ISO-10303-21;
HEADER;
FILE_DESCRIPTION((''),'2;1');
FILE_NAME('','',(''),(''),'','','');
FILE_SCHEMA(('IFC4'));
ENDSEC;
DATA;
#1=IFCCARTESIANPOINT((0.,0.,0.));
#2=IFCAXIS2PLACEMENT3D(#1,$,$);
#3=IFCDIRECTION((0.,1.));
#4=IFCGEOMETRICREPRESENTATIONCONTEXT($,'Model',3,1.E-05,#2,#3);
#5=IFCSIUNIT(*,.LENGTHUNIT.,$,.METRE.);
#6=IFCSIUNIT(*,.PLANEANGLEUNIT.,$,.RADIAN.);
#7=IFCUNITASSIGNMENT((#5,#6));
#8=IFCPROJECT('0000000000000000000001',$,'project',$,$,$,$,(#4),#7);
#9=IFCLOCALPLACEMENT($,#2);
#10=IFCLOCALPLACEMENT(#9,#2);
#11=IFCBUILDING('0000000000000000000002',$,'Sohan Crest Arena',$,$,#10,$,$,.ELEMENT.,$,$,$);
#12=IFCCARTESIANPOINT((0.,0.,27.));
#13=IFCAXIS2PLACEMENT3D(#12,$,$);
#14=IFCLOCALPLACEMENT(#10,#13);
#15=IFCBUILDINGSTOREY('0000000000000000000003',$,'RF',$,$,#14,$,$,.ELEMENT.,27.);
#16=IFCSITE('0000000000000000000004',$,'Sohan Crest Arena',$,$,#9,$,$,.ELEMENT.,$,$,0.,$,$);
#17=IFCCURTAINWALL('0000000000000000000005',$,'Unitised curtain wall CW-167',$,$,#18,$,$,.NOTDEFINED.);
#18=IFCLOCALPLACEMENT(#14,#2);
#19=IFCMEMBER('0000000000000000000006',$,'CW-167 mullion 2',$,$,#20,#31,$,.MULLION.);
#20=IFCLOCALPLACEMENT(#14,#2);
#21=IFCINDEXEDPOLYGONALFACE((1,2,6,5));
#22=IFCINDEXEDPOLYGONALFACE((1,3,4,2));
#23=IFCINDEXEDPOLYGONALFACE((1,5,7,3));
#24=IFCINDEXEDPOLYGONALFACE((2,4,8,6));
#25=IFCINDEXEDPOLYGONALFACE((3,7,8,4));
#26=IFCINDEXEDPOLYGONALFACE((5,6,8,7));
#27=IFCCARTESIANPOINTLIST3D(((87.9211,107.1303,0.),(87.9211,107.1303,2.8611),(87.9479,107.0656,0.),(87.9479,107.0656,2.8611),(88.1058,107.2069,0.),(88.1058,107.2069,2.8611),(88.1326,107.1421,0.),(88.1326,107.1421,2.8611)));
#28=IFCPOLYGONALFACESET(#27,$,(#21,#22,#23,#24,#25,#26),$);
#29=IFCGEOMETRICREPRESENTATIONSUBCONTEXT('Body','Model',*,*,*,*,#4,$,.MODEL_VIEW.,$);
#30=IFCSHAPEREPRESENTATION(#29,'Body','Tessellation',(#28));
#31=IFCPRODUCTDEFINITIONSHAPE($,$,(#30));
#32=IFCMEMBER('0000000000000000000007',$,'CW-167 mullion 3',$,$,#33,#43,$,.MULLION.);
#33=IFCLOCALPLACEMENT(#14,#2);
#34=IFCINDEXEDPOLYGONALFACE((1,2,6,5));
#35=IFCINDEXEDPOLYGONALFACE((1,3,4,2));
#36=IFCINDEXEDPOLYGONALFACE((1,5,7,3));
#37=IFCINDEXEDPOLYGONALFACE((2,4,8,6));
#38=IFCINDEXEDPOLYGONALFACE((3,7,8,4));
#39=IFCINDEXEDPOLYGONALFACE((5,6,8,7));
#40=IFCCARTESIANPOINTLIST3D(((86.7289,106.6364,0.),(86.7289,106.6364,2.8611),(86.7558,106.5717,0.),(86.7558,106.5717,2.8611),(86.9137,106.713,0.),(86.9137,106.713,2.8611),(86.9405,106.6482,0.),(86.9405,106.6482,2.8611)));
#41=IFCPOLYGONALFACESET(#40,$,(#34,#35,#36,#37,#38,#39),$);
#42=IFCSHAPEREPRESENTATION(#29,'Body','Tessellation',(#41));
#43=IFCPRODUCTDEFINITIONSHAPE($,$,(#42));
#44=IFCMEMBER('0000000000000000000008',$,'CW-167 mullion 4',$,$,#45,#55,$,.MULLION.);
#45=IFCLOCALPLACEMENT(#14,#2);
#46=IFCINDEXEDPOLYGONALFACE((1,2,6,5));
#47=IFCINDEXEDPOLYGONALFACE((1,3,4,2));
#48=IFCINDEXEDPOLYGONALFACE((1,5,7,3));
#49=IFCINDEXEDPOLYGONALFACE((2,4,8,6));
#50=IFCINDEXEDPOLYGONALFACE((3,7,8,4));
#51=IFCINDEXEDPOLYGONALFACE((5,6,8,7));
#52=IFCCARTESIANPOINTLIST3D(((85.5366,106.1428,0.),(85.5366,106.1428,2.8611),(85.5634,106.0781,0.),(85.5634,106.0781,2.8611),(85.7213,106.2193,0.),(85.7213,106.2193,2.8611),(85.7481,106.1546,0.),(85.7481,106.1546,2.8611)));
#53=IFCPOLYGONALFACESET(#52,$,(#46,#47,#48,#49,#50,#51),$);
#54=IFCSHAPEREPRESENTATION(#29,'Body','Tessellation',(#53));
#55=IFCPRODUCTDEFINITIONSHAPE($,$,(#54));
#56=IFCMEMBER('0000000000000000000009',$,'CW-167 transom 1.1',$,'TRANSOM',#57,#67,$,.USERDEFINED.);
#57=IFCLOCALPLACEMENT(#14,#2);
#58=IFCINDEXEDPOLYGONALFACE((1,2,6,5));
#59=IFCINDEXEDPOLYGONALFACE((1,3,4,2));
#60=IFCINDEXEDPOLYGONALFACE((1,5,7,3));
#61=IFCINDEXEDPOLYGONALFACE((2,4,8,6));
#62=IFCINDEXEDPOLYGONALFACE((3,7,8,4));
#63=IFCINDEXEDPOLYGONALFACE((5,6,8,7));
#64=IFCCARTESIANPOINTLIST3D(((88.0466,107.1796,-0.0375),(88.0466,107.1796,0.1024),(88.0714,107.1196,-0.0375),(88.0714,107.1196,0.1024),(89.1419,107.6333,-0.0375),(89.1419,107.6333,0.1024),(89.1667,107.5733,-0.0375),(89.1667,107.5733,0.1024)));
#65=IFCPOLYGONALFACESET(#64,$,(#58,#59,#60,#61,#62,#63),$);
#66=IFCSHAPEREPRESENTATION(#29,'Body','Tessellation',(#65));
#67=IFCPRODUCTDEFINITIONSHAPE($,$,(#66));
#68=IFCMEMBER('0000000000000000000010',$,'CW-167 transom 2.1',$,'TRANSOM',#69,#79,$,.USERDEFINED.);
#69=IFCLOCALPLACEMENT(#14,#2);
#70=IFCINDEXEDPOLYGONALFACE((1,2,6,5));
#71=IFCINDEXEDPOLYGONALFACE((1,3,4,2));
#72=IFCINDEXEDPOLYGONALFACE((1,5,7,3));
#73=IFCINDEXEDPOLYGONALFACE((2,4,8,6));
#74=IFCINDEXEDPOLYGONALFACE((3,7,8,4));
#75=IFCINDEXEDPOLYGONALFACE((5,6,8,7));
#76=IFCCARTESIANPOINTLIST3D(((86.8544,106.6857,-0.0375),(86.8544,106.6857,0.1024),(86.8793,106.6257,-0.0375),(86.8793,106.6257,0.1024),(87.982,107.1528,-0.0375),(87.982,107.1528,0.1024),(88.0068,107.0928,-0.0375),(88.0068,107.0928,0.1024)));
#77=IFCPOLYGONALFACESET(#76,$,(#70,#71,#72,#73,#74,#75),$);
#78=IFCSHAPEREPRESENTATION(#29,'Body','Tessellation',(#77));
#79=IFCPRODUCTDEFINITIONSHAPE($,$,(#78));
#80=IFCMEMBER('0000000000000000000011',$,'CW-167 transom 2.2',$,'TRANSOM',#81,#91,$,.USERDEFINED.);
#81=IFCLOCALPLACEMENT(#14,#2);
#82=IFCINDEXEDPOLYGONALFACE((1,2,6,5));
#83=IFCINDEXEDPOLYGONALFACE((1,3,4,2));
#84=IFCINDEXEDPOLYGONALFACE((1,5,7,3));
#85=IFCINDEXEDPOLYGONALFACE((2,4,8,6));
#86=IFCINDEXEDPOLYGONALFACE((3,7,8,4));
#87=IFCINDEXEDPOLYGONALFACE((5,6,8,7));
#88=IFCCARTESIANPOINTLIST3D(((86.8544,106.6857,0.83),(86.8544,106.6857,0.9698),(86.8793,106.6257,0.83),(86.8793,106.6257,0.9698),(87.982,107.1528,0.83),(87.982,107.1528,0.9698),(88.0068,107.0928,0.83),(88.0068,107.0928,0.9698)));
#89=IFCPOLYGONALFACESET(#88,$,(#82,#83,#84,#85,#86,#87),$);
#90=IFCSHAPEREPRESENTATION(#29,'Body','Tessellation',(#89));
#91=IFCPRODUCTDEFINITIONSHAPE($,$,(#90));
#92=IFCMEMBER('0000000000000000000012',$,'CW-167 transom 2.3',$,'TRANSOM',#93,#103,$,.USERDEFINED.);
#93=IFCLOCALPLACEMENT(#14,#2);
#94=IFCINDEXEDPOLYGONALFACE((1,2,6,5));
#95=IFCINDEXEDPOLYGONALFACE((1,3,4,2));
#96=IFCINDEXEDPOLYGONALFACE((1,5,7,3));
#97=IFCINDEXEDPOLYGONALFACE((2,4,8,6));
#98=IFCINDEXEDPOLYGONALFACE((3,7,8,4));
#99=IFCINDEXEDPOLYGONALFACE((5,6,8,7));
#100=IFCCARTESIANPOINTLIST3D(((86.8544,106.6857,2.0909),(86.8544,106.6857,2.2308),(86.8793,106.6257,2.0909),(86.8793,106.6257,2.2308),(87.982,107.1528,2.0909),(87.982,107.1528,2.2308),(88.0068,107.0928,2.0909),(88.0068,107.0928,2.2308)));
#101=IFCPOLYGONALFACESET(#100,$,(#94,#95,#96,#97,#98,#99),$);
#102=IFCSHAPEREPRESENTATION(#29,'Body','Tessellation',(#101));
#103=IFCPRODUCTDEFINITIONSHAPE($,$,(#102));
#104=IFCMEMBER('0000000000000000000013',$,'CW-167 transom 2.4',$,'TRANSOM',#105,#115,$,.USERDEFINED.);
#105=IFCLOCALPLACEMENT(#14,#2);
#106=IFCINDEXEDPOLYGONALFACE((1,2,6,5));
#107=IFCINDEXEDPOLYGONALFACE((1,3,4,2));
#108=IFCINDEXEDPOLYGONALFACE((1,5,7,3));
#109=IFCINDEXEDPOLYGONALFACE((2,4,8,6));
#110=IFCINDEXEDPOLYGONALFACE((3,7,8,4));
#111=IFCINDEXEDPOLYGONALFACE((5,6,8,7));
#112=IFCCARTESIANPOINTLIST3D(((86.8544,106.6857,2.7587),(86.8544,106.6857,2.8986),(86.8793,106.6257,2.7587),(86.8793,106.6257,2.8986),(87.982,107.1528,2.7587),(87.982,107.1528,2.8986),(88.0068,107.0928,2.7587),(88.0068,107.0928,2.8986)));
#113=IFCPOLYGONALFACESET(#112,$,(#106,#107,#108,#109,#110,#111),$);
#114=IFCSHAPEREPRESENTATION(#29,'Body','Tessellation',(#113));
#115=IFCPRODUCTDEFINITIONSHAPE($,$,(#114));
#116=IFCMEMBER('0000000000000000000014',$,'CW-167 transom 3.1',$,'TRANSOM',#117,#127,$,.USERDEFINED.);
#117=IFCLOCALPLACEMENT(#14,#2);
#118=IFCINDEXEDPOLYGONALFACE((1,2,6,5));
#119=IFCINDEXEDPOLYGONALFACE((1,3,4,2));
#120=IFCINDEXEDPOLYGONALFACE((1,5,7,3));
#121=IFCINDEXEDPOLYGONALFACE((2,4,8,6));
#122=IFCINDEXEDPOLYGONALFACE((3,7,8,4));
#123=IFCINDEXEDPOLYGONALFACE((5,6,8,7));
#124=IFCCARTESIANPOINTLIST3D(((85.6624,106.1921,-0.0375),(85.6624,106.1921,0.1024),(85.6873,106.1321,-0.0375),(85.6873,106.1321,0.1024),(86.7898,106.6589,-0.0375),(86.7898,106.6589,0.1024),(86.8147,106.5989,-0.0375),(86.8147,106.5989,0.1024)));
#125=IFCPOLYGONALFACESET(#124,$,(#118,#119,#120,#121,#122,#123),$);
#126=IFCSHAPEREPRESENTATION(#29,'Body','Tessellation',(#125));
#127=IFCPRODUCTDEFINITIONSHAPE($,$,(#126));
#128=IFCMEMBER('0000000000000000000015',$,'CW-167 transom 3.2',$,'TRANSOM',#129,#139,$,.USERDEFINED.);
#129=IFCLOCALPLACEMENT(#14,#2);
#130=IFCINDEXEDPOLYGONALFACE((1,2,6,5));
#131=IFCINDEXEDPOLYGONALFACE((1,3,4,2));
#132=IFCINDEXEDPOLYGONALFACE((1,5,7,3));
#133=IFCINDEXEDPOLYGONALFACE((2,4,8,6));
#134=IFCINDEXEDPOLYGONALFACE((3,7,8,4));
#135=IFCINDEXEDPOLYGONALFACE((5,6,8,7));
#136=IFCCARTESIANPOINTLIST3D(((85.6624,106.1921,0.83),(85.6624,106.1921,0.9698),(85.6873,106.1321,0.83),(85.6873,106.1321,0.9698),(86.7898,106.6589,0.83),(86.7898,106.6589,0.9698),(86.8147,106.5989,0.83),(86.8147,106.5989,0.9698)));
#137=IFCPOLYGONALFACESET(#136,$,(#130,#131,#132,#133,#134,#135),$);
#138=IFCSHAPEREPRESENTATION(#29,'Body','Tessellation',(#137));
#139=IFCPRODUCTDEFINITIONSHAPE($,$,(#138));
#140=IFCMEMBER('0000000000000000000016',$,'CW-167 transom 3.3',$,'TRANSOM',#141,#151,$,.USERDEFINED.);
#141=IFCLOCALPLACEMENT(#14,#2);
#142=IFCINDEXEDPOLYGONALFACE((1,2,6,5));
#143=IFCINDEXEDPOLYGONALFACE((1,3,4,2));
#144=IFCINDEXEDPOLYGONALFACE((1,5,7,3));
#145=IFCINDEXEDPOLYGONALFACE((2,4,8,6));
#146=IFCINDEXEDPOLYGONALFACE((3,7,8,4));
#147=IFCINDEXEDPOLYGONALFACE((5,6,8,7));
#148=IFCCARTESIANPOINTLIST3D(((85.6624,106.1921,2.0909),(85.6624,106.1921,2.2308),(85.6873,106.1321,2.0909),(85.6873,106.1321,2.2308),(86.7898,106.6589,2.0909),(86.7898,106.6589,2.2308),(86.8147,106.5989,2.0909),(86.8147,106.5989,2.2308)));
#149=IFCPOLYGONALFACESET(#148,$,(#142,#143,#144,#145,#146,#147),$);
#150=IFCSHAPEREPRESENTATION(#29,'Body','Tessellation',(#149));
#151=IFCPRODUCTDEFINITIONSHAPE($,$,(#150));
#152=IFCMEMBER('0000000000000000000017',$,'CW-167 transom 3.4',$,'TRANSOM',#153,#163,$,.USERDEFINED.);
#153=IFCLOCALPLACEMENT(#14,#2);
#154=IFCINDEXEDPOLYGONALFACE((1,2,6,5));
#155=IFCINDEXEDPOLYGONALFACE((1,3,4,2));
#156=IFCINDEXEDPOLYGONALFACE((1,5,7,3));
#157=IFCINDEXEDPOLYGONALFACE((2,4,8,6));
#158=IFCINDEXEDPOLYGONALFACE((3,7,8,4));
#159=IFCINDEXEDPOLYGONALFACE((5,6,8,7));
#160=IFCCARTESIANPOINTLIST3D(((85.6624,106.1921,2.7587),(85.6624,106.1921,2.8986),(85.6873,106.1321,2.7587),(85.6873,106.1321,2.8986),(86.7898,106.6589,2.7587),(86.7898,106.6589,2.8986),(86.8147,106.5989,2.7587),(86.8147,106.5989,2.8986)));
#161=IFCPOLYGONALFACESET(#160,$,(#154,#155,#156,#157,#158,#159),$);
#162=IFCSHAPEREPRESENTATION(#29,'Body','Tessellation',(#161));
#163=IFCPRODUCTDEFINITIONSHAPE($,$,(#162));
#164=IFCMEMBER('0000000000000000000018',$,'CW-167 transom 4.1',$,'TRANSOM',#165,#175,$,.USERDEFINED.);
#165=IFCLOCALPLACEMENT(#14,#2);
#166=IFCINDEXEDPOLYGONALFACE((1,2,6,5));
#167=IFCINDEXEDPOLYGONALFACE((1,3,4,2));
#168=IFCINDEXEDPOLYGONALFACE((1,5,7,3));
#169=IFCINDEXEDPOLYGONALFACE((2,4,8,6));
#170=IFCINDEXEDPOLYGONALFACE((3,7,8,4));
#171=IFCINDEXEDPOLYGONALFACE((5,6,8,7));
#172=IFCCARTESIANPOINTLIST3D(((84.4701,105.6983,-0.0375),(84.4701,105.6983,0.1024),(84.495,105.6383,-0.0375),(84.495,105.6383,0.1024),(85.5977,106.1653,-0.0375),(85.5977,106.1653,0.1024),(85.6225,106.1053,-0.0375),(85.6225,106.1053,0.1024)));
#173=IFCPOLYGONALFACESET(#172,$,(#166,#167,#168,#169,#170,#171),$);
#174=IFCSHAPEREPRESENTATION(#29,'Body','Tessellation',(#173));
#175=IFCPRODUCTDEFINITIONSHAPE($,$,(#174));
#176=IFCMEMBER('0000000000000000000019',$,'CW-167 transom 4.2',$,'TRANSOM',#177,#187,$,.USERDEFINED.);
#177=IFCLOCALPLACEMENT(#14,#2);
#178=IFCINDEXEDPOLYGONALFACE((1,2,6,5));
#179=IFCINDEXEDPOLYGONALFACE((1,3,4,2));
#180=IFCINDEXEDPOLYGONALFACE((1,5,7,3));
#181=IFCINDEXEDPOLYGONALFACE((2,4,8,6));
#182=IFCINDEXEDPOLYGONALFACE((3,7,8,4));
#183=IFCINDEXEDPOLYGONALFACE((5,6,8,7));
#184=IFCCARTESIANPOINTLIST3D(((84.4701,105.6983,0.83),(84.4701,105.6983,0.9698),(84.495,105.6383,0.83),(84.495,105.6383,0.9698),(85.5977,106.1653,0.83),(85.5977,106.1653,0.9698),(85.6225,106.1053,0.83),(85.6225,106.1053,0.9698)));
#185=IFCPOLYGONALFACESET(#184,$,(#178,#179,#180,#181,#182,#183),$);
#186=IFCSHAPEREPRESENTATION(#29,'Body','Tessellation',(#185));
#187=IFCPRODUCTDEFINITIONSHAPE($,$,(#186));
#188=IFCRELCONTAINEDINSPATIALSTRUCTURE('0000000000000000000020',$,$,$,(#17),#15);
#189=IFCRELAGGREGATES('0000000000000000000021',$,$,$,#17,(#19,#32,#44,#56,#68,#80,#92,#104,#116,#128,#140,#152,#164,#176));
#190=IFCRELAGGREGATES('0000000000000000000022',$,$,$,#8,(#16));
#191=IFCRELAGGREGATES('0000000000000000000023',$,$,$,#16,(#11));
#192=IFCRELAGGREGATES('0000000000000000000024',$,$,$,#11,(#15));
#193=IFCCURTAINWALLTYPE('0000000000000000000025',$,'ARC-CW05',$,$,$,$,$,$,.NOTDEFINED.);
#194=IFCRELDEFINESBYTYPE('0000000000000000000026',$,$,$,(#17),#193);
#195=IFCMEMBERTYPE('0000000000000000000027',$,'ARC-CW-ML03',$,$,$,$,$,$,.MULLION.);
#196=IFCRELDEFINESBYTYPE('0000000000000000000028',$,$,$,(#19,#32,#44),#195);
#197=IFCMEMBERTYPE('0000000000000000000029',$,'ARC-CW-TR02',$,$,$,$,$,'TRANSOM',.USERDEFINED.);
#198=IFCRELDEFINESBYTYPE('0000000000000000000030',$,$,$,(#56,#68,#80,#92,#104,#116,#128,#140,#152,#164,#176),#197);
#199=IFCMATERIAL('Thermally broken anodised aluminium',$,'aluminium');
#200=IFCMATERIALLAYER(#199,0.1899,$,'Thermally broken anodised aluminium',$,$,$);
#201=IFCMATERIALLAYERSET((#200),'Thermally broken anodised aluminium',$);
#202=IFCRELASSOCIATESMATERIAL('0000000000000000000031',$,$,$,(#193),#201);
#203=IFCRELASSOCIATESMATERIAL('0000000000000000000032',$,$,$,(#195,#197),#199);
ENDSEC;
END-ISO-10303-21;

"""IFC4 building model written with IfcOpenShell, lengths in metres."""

from ifc_helpers import new_model, si_unit, direction, frame, origin, origin_2d, place, context, subcontext, project, spatial, rectangle, extrude, material, layer, layer_set, material_profile, profile_set, type_object, element, aggregate, save


model = new_model("IFC4")

# Units and contexts
model_context = context("Model", 3, precision=1e-05, world=origin(), true_north=direction((0.0, 1.0)))
body_context = subcontext(model_context, "Body", "Model", "MODEL_VIEW")
ifc_project = project(units=[si_unit("LENGTHUNIT", "METRE"), si_unit("PLANEANGLEUNIT", "RADIAN")], contexts=[model_context])

# Site, building, storey
site_placement = place(None, origin())
site = spatial("IfcSite", under=ifc_project, at=site_placement, Name="Sohan Crest Arena", CompositionType="ELEMENT", RefElevation=0.0)
building_placement = place(site_placement, origin())
building = spatial("IfcBuilding", under=site, at=building_placement, Name="Sohan Crest Arena", CompositionType="ELEMENT")
storey_placement = place(building_placement, frame((0.0, 0.0, 27.0)))
storey = spatial("IfcBuildingStorey", under=building, at=storey_placement, Name="RF", CompositionType="ELEMENT", Elevation=27.0)

# Curtain wall, members
ifc_material_1 = material(Name="Thermally broken anodised aluminium", Category="aluminium")
ifc_layer_1 = layer(ifc_material_1, 0.1899, Name="Thermally broken anodised aluminium")
ifc_layer_set_1 = layer_set([ifc_layer_1], Name="Thermally broken anodised aluminium")
curtain_wall_type = type_object("IfcCurtainWallType", Name="ARC-CW05", PredefinedType="NOTDEFINED", material=ifc_layer_set_1)
curtain_wall_placement = place(storey_placement, origin())
curtain_wall = element("IfcCurtainWall", 1, at=curtain_wall_placement, inside=storey, type_object=curtain_wall_type, Name="Unitised curtain wall CW-167", PredefinedType="NOTDEFINED")
ifc_material_profile_1 = material_profile(ifc_material_1, rectangle(XDim=0.0701, YDim=0.2, at=origin_2d()), Name="ALU-MULL 70x200")
ifc_profile_set_1 = profile_set([ifc_material_profile_1], Name="Thermally broken anodised aluminium")
member_type_1 = type_object("IfcMemberType", Name="ARC-CW-ML03", PredefinedType="MULLION", material=ifc_profile_set_1)
member_1_placement = place(storey_placement, frame((88.0269, 107.1362, 0.0), z_axis=(0.0, 0.0, 1.0), x_axis=(0.382667, -0.923886, 0.0)))
member_1 = element("IfcMember", 2, at=member_1_placement, type_object=member_type_1, Name="CW-167 mullion 2", PredefinedType="MULLION", context=body_context, shape_type="SweptSolid", body=[
    extrude(rectangle(XDim=0.0701, YDim=0.2, at=origin_2d()), origin(), (0.0, 0.0, 1.0), 2.8611),
])
member_2_placement = place(storey_placement, frame((86.8347, 106.6423, 0.0), z_axis=(0.0, 0.0, 1.0), x_axis=(0.382667, -0.923886, 0.0)))
member_2 = element("IfcMember", 3, at=member_2_placement, type_object=member_type_1, Name="CW-167 mullion 3", PredefinedType="MULLION", context=body_context, shape_type="SweptSolid", body=[
    extrude(rectangle(XDim=0.0701, YDim=0.2, at=origin_2d()), origin(), (0.0, 0.0, 1.0), 2.8611),
])
member_3_placement = place(storey_placement, frame((85.6423, 106.1487, 0.0), z_axis=(0.0, 0.0, 1.0), x_axis=(0.382667, -0.923886, 0.0)))
member_3 = element("IfcMember", 4, at=member_3_placement, type_object=member_type_1, Name="CW-167 mullion 4", PredefinedType="MULLION", context=body_context, shape_type="SweptSolid", body=[
    extrude(rectangle(XDim=0.0701, YDim=0.2, at=origin_2d()), origin(), (0.0, 0.0, 1.0), 2.8611),
])
ifc_material_profile_2 = material_profile(ifc_material_1, rectangle(XDim=0.0649, YDim=0.1399, at=origin_2d()), Name="ALU-TRAN 65x140")
ifc_profile_set_2 = profile_set([ifc_material_profile_2], Name="Thermally broken anodised aluminium")
member_type_2 = type_object("IfcMemberType", Name="ARC-CW-TR02", ElementType="TRANSOM", PredefinedType="USERDEFINED", material=ifc_profile_set_2)
member_4_placement = place(storey_placement, frame((89.1543, 107.6033, 0.0325), z_axis=(-0.923891, -0.382655, 0.0), x_axis=(0.382655, -0.923891, 0.0)))
member_4 = element("IfcMember", 5, at=member_4_placement, type_object=member_type_2, Name="CW-167 transom 1.1", ObjectType="TRANSOM", PredefinedType="USERDEFINED", context=body_context, shape_type="SweptSolid", body=[
    extrude(rectangle(XDim=0.0649, YDim=0.1399, at=origin_2d()), origin(), (0.0, 0.0, 1.0), 1.1855),
])
member_5_placement = place(storey_placement, frame((87.9944, 107.1228, 0.0325), z_axis=(-0.923868, -0.382711, 0.0), x_axis=(0.382711, -0.923868, 0.0)))
member_5 = element("IfcMember", 6, at=member_5_placement, type_object=member_type_2, Name="CW-167 transom 2.1", ObjectType="TRANSOM", PredefinedType="USERDEFINED", context=body_context, shape_type="SweptSolid", body=[
    extrude(rectangle(XDim=0.0649, YDim=0.1399, at=origin_2d()), origin(), (0.0, 0.0, 1.0), 1.2205),
])
member_6_placement = place(storey_placement, frame((87.9944, 107.1228, 0.8999), z_axis=(-0.923868, -0.382711, 0.0), x_axis=(0.382711, -0.923868, 0.0)))
member_6 = element("IfcMember", 7, at=member_6_placement, type_object=member_type_2, Name="CW-167 transom 2.2", ObjectType="TRANSOM", PredefinedType="USERDEFINED", context=body_context, shape_type="SweptSolid", body=[
    extrude(rectangle(XDim=0.0649, YDim=0.1399, at=origin_2d()), origin(), (0.0, 0.0, 1.0), 1.2205),
])
member_7_placement = place(storey_placement, frame((87.9944, 107.1228, 2.1609), z_axis=(-0.923868, -0.382711, 0.0), x_axis=(0.382711, -0.923868, 0.0)))
member_7 = element("IfcMember", 8, at=member_7_placement, type_object=member_type_2, Name="CW-167 transom 2.3", ObjectType="TRANSOM", PredefinedType="USERDEFINED", context=body_context, shape_type="SweptSolid", body=[
    extrude(rectangle(XDim=0.0649, YDim=0.1399, at=origin_2d()), origin(), (0.0, 0.0, 1.0), 1.2205),
])
member_8_placement = place(storey_placement, frame((87.9944, 107.1228, 2.8286), z_axis=(-0.923868, -0.382711, 0.0), x_axis=(0.382711, -0.923868, 0.0)))
member_8 = element("IfcMember", 9, at=member_8_placement, type_object=member_type_2, Name="CW-167 transom 2.4", ObjectType="TRANSOM", PredefinedType="USERDEFINED", context=body_context, shape_type="SweptSolid", body=[
    extrude(rectangle(XDim=0.0649, YDim=0.1399, at=origin_2d()), origin(), (0.0, 0.0, 1.0), 1.2205),
])
member_9_placement = place(storey_placement, frame((86.8022, 106.6289, 0.0325), z_axis=(-0.923939, -0.38254, 0.0), x_axis=(0.38254, -0.923939, 0.0)))
member_9 = element("IfcMember", 10, at=member_9_placement, type_object=member_type_2, Name="CW-167 transom 3.1", ObjectType="TRANSOM", PredefinedType="USERDEFINED", context=body_context, shape_type="SweptSolid", body=[
    extrude(rectangle(XDim=0.0649, YDim=0.1399, at=origin_2d()), origin(), (0.0, 0.0, 1.0), 1.2202),
])
member_10_placement = place(storey_placement, frame((86.8022, 106.6289, 0.8999), z_axis=(-0.923939, -0.38254, 0.0), x_axis=(0.38254, -0.923939, 0.0)))
member_10 = element("IfcMember", 11, at=member_10_placement, type_object=member_type_2, Name="CW-167 transom 3.2", ObjectType="TRANSOM", PredefinedType="USERDEFINED", context=body_context, shape_type="SweptSolid", body=[
    extrude(rectangle(XDim=0.0649, YDim=0.1399, at=origin_2d()), origin(), (0.0, 0.0, 1.0), 1.2202),
])
member_11_placement = place(storey_placement, frame((86.8022, 106.6289, 2.1609), z_axis=(-0.923939, -0.38254, 0.0), x_axis=(0.38254, -0.923939, 0.0)))
member_11 = element("IfcMember", 12, at=member_11_placement, type_object=member_type_2, Name="CW-167 transom 3.3", ObjectType="TRANSOM", PredefinedType="USERDEFINED", context=body_context, shape_type="SweptSolid", body=[
    extrude(rectangle(XDim=0.0649, YDim=0.1399, at=origin_2d()), origin(), (0.0, 0.0, 1.0), 1.2202),
])
member_12_placement = place(storey_placement, frame((86.8022, 106.6289, 2.8286), z_axis=(-0.923939, -0.38254, 0.0), x_axis=(0.38254, -0.923939, 0.0)))
member_12 = element("IfcMember", 13, at=member_12_placement, type_object=member_type_2, Name="CW-167 transom 3.4", ObjectType="TRANSOM", PredefinedType="USERDEFINED", context=body_context, shape_type="SweptSolid", body=[
    extrude(rectangle(XDim=0.0649, YDim=0.1399, at=origin_2d()), origin(), (0.0, 0.0, 1.0), 1.2202),
])
member_13_placement = place(storey_placement, frame((85.6101, 106.1353, 0.0325), z_axis=(-0.923897, -0.38264, 0.0), x_axis=(0.38264, -0.923897, 0.0)))
member_13 = element("IfcMember", 14, at=member_13_placement, type_object=member_type_2, Name="CW-167 transom 4.1", ObjectType="TRANSOM", PredefinedType="USERDEFINED", context=body_context, shape_type="SweptSolid", body=[
    extrude(rectangle(XDim=0.0649, YDim=0.1399, at=origin_2d()), origin(), (0.0, 0.0, 1.0), 1.2205),
])
member_14_placement = place(storey_placement, frame((85.6101, 106.1353, 0.8999), z_axis=(-0.923897, -0.38264, 0.0), x_axis=(0.38264, -0.923897, 0.0)))
member_14 = element("IfcMember", 15, at=member_14_placement, type_object=member_type_2, Name="CW-167 transom 4.2", ObjectType="TRANSOM", PredefinedType="USERDEFINED", context=body_context, shape_type="SweptSolid", body=[
    extrude(rectangle(XDim=0.0649, YDim=0.1399, at=origin_2d()), origin(), (0.0, 0.0, 1.0), 1.2205),
])

aggregate(curtain_wall, [member_1, member_2, member_3, member_4, member_5, member_6, member_7, member_8, member_9, member_10, member_11, member_12, member_13, member_14])

save(model, "model.ifc")
